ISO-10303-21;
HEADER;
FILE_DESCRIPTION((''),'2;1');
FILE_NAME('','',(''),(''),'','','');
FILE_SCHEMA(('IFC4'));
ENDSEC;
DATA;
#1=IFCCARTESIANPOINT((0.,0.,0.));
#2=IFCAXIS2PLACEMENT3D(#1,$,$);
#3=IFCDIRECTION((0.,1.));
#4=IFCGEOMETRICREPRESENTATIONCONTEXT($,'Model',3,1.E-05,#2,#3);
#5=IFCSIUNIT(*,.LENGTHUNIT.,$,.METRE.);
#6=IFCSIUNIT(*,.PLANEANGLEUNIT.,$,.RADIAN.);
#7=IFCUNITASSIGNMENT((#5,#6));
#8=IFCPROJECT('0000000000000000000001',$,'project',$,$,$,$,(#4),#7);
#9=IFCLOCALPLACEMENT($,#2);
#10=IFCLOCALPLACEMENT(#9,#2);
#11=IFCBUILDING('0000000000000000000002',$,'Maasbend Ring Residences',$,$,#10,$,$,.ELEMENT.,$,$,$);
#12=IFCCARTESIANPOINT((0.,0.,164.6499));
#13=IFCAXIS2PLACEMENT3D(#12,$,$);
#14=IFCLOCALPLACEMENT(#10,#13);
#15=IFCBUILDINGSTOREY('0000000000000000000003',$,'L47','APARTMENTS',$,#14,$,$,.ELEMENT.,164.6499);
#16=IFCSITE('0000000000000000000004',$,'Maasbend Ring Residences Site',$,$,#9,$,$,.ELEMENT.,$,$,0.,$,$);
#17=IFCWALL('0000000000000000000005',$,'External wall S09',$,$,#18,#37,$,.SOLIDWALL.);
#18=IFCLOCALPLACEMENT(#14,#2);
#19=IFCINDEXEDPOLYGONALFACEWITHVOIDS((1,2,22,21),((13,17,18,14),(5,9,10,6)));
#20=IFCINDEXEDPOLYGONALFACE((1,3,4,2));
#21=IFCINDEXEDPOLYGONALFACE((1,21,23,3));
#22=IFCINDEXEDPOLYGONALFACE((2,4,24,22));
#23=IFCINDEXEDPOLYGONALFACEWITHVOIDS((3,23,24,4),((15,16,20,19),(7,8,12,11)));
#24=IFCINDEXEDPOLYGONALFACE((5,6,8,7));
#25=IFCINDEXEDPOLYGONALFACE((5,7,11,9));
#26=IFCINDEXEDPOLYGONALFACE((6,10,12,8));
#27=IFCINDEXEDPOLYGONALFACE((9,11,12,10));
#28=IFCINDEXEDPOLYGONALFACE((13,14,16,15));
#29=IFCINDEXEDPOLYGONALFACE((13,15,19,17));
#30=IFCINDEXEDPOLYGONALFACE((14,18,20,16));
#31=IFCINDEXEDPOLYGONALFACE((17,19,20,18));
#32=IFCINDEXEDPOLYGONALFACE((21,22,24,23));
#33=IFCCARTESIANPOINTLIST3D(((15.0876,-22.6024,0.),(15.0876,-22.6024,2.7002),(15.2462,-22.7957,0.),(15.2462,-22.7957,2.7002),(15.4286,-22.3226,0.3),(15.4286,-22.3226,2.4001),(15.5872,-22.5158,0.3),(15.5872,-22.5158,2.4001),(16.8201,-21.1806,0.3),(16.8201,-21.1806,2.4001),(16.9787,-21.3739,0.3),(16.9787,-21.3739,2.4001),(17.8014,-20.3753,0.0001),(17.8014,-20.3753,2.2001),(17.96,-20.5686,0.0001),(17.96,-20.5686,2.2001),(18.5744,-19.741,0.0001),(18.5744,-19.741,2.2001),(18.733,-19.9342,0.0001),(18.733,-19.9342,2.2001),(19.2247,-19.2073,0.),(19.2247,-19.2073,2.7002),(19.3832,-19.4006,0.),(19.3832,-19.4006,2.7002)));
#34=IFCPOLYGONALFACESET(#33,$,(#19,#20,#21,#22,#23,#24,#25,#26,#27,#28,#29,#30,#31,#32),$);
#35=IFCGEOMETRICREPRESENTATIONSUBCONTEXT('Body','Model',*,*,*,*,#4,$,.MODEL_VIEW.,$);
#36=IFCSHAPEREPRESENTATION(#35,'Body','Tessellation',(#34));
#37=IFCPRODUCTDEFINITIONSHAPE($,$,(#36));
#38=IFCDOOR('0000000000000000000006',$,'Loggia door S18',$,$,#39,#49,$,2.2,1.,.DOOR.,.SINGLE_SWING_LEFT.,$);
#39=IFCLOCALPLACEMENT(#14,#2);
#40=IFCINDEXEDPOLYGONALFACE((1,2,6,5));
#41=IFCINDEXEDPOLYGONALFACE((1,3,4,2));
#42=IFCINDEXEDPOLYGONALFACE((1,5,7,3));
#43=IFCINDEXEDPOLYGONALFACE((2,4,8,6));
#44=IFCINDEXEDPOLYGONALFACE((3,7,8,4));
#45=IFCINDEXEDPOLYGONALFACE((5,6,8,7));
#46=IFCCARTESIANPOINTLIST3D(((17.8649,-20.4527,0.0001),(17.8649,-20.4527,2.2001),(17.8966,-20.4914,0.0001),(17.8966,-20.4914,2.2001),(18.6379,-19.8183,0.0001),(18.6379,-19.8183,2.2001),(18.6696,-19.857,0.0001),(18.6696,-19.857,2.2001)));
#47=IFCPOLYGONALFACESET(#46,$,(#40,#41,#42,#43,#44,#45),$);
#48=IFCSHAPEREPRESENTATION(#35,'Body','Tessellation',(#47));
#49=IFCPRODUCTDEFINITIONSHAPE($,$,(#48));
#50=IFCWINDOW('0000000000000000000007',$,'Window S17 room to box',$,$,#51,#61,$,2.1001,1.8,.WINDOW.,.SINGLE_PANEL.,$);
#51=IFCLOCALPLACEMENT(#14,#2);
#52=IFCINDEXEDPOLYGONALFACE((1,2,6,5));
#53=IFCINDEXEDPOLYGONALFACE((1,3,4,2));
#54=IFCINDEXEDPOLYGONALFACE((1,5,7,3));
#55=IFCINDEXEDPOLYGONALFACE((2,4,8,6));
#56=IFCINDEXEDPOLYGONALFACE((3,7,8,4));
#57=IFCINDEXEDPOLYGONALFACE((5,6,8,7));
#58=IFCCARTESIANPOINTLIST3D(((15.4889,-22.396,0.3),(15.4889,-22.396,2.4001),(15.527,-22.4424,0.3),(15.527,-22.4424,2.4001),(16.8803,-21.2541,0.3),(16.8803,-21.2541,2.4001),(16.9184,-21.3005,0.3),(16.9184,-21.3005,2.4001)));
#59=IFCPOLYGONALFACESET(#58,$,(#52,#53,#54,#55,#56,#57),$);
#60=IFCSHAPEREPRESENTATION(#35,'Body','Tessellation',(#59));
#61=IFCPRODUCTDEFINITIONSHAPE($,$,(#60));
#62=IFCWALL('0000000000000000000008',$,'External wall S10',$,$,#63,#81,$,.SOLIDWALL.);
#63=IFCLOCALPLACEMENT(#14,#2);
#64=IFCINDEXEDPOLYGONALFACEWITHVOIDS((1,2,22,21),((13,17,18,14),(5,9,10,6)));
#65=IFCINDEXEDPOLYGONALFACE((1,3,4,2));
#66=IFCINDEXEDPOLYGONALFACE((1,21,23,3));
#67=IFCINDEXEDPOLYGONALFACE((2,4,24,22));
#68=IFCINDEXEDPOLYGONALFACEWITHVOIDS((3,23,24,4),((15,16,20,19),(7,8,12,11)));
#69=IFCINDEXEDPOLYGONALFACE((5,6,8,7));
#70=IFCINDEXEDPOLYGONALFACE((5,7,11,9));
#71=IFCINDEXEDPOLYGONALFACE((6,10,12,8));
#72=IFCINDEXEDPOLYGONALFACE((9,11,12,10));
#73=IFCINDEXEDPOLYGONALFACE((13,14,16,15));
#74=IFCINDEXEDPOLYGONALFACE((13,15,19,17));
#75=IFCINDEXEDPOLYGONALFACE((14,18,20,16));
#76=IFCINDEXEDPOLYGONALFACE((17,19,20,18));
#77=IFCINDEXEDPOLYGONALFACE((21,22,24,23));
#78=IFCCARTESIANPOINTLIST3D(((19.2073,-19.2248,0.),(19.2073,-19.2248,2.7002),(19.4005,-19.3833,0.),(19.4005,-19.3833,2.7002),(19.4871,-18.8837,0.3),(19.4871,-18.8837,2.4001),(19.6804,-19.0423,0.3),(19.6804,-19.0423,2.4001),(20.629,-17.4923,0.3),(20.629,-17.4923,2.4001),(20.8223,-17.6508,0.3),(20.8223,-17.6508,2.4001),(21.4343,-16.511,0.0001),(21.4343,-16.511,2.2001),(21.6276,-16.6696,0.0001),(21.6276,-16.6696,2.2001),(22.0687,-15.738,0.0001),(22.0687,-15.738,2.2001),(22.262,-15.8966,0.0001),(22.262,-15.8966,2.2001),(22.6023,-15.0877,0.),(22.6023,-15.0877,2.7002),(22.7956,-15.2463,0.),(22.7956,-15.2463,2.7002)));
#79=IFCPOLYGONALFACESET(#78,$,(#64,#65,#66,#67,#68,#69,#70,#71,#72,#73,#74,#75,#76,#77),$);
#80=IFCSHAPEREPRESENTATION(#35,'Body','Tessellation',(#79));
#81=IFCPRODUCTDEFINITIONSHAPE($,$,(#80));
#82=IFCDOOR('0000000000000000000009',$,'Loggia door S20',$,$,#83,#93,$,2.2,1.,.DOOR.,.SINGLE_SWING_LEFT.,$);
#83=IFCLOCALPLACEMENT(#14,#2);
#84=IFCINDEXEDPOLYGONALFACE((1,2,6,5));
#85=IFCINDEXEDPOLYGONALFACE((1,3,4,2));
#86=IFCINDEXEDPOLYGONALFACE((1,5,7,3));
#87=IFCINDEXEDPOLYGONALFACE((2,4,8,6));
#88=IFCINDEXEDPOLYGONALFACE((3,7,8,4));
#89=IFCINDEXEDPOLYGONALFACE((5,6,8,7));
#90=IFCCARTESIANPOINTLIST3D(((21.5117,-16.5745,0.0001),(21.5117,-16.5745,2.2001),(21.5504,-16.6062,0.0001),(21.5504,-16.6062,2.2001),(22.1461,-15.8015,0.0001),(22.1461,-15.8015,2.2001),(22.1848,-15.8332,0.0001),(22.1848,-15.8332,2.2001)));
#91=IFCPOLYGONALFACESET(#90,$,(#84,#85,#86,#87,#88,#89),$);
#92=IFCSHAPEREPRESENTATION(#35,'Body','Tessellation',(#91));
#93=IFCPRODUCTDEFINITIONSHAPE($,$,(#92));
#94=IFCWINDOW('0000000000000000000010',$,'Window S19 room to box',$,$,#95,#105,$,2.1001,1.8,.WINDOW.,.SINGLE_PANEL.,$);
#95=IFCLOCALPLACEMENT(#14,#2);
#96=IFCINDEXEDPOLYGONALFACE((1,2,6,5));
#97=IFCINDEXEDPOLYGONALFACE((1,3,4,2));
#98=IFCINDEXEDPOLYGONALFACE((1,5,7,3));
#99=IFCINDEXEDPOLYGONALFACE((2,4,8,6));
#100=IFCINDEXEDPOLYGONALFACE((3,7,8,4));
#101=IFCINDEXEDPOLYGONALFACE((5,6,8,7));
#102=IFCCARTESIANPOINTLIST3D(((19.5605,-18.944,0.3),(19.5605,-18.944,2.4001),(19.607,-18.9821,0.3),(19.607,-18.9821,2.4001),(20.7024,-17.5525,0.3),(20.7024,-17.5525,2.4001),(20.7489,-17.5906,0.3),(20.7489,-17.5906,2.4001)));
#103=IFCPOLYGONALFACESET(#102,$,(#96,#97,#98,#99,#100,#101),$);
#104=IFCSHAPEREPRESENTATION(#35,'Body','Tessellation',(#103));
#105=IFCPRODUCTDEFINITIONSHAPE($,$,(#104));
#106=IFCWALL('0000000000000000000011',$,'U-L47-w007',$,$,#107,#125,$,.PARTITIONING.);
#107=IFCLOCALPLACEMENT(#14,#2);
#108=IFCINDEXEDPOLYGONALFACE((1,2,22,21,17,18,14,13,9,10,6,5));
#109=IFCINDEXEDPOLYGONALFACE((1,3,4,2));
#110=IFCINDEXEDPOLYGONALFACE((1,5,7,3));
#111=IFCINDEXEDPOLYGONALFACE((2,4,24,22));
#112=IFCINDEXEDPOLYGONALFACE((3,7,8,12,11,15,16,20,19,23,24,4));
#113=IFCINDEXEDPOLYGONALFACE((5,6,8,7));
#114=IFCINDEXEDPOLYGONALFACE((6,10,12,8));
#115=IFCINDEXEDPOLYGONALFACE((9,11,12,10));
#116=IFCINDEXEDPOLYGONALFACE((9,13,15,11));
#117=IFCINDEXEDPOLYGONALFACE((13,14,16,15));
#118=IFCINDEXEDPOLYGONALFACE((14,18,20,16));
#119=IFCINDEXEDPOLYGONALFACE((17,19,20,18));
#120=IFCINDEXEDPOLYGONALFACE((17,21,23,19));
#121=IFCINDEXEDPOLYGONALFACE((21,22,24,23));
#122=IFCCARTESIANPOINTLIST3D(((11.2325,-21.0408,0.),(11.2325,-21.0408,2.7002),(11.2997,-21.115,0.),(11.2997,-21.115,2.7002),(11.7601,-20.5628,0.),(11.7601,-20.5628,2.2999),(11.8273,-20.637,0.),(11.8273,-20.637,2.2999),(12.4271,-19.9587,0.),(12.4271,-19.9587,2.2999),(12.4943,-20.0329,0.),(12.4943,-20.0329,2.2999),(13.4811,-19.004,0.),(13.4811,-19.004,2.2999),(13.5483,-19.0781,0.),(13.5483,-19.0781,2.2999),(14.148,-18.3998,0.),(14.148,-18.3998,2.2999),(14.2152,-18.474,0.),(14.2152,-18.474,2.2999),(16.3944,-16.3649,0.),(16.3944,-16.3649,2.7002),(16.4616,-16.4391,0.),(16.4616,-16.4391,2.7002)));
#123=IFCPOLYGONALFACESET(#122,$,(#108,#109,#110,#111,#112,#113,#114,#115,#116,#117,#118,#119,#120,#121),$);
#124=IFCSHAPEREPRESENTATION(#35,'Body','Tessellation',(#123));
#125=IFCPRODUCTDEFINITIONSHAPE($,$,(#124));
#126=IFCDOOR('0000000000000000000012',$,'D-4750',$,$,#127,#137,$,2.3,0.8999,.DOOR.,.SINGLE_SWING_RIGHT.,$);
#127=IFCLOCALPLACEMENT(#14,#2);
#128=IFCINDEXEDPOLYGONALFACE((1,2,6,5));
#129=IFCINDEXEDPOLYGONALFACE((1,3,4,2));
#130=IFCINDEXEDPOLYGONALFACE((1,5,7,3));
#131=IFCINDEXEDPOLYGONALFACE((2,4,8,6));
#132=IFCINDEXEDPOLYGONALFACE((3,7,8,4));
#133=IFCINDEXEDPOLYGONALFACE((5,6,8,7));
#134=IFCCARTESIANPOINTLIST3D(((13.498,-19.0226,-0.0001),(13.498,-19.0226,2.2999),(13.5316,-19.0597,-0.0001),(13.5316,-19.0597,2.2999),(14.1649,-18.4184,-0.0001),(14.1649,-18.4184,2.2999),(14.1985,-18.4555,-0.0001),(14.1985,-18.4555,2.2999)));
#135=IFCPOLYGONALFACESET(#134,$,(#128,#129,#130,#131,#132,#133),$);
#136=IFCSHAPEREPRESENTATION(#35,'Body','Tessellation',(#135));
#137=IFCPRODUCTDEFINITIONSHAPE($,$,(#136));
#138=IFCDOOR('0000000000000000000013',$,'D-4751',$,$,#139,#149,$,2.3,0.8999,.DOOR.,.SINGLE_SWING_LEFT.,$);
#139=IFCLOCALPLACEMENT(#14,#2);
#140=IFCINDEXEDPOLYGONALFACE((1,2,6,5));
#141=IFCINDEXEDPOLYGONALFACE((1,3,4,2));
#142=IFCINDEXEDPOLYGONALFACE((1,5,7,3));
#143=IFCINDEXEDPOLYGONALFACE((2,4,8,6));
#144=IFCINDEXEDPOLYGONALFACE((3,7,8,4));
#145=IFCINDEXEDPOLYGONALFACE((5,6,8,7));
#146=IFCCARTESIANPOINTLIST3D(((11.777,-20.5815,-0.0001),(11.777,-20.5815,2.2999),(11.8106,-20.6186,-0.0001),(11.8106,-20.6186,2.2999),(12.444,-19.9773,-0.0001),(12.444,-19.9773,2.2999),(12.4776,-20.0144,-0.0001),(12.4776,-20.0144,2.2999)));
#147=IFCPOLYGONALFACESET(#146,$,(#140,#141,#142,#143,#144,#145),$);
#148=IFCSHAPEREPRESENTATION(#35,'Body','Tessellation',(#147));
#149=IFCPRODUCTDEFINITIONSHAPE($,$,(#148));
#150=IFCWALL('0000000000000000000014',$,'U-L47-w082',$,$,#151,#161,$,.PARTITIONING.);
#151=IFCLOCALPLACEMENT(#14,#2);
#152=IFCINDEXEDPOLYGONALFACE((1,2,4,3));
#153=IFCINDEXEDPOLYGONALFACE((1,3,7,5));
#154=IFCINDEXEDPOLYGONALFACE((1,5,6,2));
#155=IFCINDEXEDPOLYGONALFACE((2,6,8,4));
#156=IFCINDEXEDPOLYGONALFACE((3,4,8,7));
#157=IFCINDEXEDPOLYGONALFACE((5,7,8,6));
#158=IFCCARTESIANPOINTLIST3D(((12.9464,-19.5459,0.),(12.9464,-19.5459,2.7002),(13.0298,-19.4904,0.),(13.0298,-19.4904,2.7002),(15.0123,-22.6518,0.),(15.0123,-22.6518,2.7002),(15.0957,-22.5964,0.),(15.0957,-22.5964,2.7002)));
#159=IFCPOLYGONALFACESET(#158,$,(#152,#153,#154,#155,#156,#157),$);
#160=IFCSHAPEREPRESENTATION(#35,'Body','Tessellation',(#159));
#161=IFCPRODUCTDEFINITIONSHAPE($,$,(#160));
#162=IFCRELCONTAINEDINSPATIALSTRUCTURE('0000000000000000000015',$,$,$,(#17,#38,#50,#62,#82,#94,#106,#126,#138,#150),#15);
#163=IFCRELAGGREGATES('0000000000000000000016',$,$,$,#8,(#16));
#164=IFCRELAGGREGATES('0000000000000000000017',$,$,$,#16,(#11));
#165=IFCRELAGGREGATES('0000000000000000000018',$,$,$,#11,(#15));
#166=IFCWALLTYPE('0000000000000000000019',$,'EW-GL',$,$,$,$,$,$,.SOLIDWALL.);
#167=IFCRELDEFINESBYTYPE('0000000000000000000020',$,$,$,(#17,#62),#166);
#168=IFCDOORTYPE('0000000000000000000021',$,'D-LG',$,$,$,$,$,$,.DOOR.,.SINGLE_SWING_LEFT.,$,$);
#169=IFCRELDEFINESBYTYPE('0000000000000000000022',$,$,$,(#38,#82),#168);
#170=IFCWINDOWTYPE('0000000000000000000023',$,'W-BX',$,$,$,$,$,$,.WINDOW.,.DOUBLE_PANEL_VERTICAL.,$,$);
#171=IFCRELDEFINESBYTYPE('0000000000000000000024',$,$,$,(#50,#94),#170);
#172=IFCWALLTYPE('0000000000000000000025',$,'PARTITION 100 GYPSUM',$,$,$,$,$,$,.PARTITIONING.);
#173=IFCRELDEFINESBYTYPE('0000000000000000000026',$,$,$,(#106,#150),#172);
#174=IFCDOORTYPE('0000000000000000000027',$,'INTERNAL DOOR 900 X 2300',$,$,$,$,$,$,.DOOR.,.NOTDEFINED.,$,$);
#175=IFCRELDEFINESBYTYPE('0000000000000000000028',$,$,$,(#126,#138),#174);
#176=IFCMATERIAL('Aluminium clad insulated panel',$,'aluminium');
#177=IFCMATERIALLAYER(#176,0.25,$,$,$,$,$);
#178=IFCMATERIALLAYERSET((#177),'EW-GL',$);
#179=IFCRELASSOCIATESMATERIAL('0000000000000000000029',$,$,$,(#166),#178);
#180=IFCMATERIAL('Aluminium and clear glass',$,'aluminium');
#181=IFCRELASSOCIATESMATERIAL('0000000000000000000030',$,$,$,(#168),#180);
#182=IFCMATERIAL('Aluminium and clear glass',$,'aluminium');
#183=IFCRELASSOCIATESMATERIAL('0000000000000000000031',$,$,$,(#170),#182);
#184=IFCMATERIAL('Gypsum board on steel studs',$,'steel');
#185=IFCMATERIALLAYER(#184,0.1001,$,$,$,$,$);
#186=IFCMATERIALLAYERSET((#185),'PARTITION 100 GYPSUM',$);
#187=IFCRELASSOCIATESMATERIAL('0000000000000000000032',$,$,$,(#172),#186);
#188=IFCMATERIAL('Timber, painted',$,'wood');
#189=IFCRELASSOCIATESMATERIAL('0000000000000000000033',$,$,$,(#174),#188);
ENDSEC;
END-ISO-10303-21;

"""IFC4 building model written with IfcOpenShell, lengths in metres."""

from ifc_helpers import new_model, si_unit, direction, frame, frame_2d, origin, place, context, subcontext, project, spatial, rectangle, extrude, material, layer, layer_set, type_object, element, fill, save


model = new_model("IFC4")

# Units and contexts
model_context = context("Model", 3, precision=1e-05, world=origin(), true_north=direction((0.0, 1.0)))
body_context = subcontext(model_context, "Body", "Model", "MODEL_VIEW")
ifc_project = project(units=[si_unit("LENGTHUNIT", "METRE"), si_unit("PLANEANGLEUNIT", "RADIAN")], contexts=[model_context])

# Site, building, storey
site_placement = place(None, origin())
site = spatial("IfcSite", under=ifc_project, at=site_placement, Name="Maasbend Ring Residences Site", CompositionType="ELEMENT", RefElevation=0.0)
building_placement = place(site_placement, origin())
building = spatial("IfcBuilding", under=site, at=building_placement, Name="Maasbend Ring Residences", CompositionType="ELEMENT")
storey_placement = place(building_placement, frame((0.0, 0.0, 164.6499)))
storey = spatial("IfcBuildingStorey", under=building, at=storey_placement, Name="L47", Description="APARTMENTS", CompositionType="ELEMENT", Elevation=164.6499)

# Walls, openings, doors, windows
ifc_material_1 = material(Name="Aluminium clad insulated panel", Category="aluminium")
ifc_layer_1 = layer(ifc_material_1, 0.25)
ifc_layer_set_1 = layer_set([ifc_layer_1], Name="EW-GL")
wall_type_1 = type_object("IfcWallType", Name="EW-GL", PredefinedType="SOLIDWALL", material=ifc_layer_set_1)
wall_1_placement = place(storey_placement, frame((15.167, -22.699, 0.0), z_axis=(0.0, 0.0, 1.0), x_axis=(0.773019, 0.634382, 0.0)))
wall_1 = element("IfcWall", 1, at=wall_1_placement, inside=storey, type_object=wall_type_1, Name="External wall S09", PredefinedType="SOLIDWALL", context=body_context, shape_type="SweptSolid", body=[
    extrude(rectangle(XDim=5.3518, YDim=0.25, at=frame_2d((2.6758, 0.0))), origin(), (0.0, 0.0, 1.0), 2.7002),
])
opening_1_placement = place(wall_1_placement, frame((0.4412, 0.0, 0.3)))
opening_1 = element("IfcOpeningElement", 2, at=opening_1_placement, cuts=wall_1, PredefinedType="OPENING", context=body_context, shape_type="SweptSolid", body=[
    extrude(rectangle(XDim=1.8, YDim=2.1001, at=frame_2d((0.8999, 1.05))), frame((0.0, 0.135, 0.0), z_axis=(0.0, -1.0, 0.0), x_axis=(1.0, 0.0, 0.0)), (0.0, 0.0, 1.0), 0.27),
])
opening_2_placement = place(wall_1_placement, frame((3.5105, 0.0, 0.0)))
opening_2 = element("IfcOpeningElement", 3, at=opening_2_placement, cuts=wall_1, PredefinedType="OPENING", context=body_context, shape_type="SweptSolid", body=[
    extrude(rectangle(XDim=1.0, YDim=2.2, at=frame_2d((0.5, 1.1001))), frame((0.0, 0.135, 0.0), z_axis=(0.0, -1.0, 0.0), x_axis=(1.0, 0.0, 0.0)), (0.0, 0.0, 1.0), 0.27),
])
ifc_material_2 = material(Name="Aluminium and clear glass", Category="aluminium")
door_type_1 = type_object("IfcDoorType", Name="D-LG", OperationType="SINGLE_SWING_LEFT", PredefinedType="DOOR", material=ifc_material_2)
door_1_placement = place(opening_2_placement, origin())
door_1 = element("IfcDoor", 4, at=door_1_placement, inside=storey, type_object=door_type_1, Name="Loggia door S18", OperationType="SINGLE_SWING_LEFT", OverallHeight=2.2, OverallWidth=1.0, PredefinedType="DOOR", context=body_context, shape_type="SweptSolid", body=[
    extrude(rectangle(XDim=1.0, YDim=2.2, at=frame_2d((0.5, 1.1001))), frame((0.0, 0.0249, 0.0), z_axis=(0.0, -1.0, 0.0), x_axis=(1.0, 0.0, 0.0)), (0.0, 0.0, 1.0), 0.05),
])
fill(opening_2, door_1)
ifc_material_3 = material(Name="Aluminium and clear glass", Category="aluminium")
window_type_1 = type_object("IfcWindowType", Name="W-BX", PartitioningType="DOUBLE_PANEL_VERTICAL", PredefinedType="WINDOW", material=ifc_material_3)
window_1_placement = place(opening_1_placement, origin())
window_1 = element("IfcWindow", 5, at=window_1_placement, inside=storey, type_object=window_type_1, Name="Window S17 room to box", OverallHeight=2.1001, OverallWidth=1.8, PartitioningType="SINGLE_PANEL", PredefinedType="WINDOW", context=body_context, shape_type="SweptSolid", body=[
    extrude(rectangle(XDim=1.8, YDim=2.1001, at=frame_2d((0.8999, 1.05))), frame((0.0, 0.03, 0.0), z_axis=(0.0, -1.0, 0.0), x_axis=(1.0, 0.0, 0.0)), (0.0, 0.0, 1.0), 0.0601),
])
fill(opening_1, window_1)
wall_2_placement = place(storey_placement, frame((19.304, -19.304, 0.0), z_axis=(0.0, 0.0, 1.0), x_axis=(0.634382, 0.773019, 0.0)))
wall_2 = element("IfcWall", 6, at=wall_2_placement, inside=storey, type_object=wall_type_1, Name="External wall S10", PredefinedType="SOLIDWALL", context=body_context, shape_type="SweptSolid", body=[
    extrude(rectangle(XDim=5.3518, YDim=0.25, at=frame_2d((2.6758, 0.0))), origin(), (0.0, 0.0, 1.0), 2.7002),
])
opening_3_placement = place(wall_2_placement, frame((0.4412, 0.0, 0.3)))
opening_3 = element("IfcOpeningElement", 7, at=opening_3_placement, cuts=wall_2, PredefinedType="OPENING", context=body_context, shape_type="SweptSolid", body=[
    extrude(rectangle(XDim=1.8, YDim=2.1001, at=frame_2d((0.8999, 1.05))), frame((0.0, 0.135, 0.0), z_axis=(0.0, -1.0, 0.0), x_axis=(1.0, 0.0, 0.0)), (0.0, 0.0, 1.0), 0.27),
])
opening_4_placement = place(wall_2_placement, frame((3.5105, 0.0, 0.0)))
opening_4 = element("IfcOpeningElement", 8, at=opening_4_placement, cuts=wall_2, PredefinedType="OPENING", context=body_context, shape_type="SweptSolid", body=[
    extrude(rectangle(XDim=1.0, YDim=2.2, at=frame_2d((0.5, 1.1001))), frame((0.0, 0.135, 0.0), z_axis=(0.0, -1.0, 0.0), x_axis=(1.0, 0.0, 0.0)), (0.0, 0.0, 1.0), 0.27),
])
door_2_placement = place(opening_4_placement, origin())
door_2 = element("IfcDoor", 9, at=door_2_placement, inside=storey, type_object=door_type_1, Name="Loggia door S20", OperationType="SINGLE_SWING_LEFT", OverallHeight=2.2, OverallWidth=1.0, PredefinedType="DOOR", context=body_context, shape_type="SweptSolid", body=[
    extrude(rectangle(XDim=1.0, YDim=2.2, at=frame_2d((0.5, 1.1001))), frame((0.0, 0.0249, 0.0), z_axis=(0.0, -1.0, 0.0), x_axis=(1.0, 0.0, 0.0)), (0.0, 0.0, 1.0), 0.05),
])
fill(opening_4, door_2)
window_2_placement = place(opening_3_placement, origin())
window_2 = element("IfcWindow", 10, at=window_2_placement, inside=storey, type_object=window_type_1, Name="Window S19 room to box", OverallHeight=2.1001, OverallWidth=1.8, PartitioningType="SINGLE_PANEL", PredefinedType="WINDOW", context=body_context, shape_type="SweptSolid", body=[
    extrude(rectangle(XDim=1.8, YDim=2.1001, at=frame_2d((0.8999, 1.05))), frame((0.0, 0.03, 0.0), z_axis=(0.0, -1.0, 0.0), x_axis=(1.0, 0.0, 0.0)), (0.0, 0.0, 1.0), 0.0601),
])
fill(opening_3, window_2)

# Wall, openings, doors
ifc_material_4 = material(Name="Gypsum board on steel studs", Category="steel")
ifc_layer_2 = layer(ifc_material_4, 0.1001)
ifc_layer_set_2 = layer_set([ifc_layer_2], Name="PARTITION 100 GYPSUM")
wall_type_2 = type_object("IfcWallType", Name="PARTITION 100 GYPSUM", PredefinedType="PARTITIONING", material=ifc_layer_set_2)
wall_3_placement = place(storey_placement, frame((11.2661, -21.0779, 0.0), z_axis=(0.0, 0.0, 1.0), x_axis=(0.741141, 0.671349, 0.0)))
wall_3 = element("IfcWall", 11, at=wall_3_placement, inside=storey, type_object=wall_type_2, Name="U-L47-w007", PredefinedType="PARTITIONING", context=body_context, shape_type="SweptSolid", body=[
    extrude(rectangle(XDim=6.9648, YDim=0.1001, at=frame_2d((3.4824, 0.0))), origin(), (0.0, 0.0, 1.0), 2.7002),
])
opening_5_placement = place(wall_3_placement, frame((3.0339, 0.0, 0.0)))
opening_5 = element("IfcOpeningElement", 12, at=opening_5_placement, cuts=wall_3, PredefinedType="OPENING", context=body_context, shape_type="SweptSolid", body=[
    extrude(rectangle(XDim=0.8999, YDim=2.3, at=frame_2d((0.45, 1.1499))), frame((0.0, 0.0601, 0.0), z_axis=(0.0, -1.0, 0.0), x_axis=(1.0, 0.0, 0.0)), (0.0, 0.0, 1.0), 0.1201),
])
opening_6_placement = place(wall_3_placement, frame((0.7119, 0.0, 0.0)))
opening_6 = element("IfcOpeningElement", 13, at=opening_6_placement, cuts=wall_3, PredefinedType="OPENING", context=body_context, shape_type="SweptSolid", body=[
    extrude(rectangle(XDim=0.8999, YDim=2.3, at=frame_2d((0.45, 1.1499))), frame((0.0, 0.0601, 0.0), z_axis=(0.0, -1.0, 0.0), x_axis=(1.0, 0.0, 0.0)), (0.0, 0.0, 1.0), 0.1201),
])
ifc_material_5 = material(Name="Timber, painted", Category="wood")
door_type_2 = type_object("IfcDoorType", Name="INTERNAL DOOR 900 X 2300", OperationType="NOTDEFINED", PredefinedType="DOOR", material=ifc_material_5)
door_3_placement = place(opening_5_placement, origin())
door_3 = element("IfcDoor", 14, at=door_3_placement, inside=storey, type_object=door_type_2, Name="D-4750", OperationType="SINGLE_SWING_RIGHT", OverallHeight=2.3, OverallWidth=0.8999, PredefinedType="DOOR", context=body_context, shape_type="SweptSolid", body=[
    extrude(rectangle(XDim=0.8999, YDim=2.3, at=frame_2d((0.45, 1.1499))), frame((0.0, 0.0249, 0.0), z_axis=(0.0, -1.0, 0.0), x_axis=(1.0, 0.0, 0.0)), (0.0, 0.0, 1.0), 0.05),
])
fill(opening_5, door_3)
door_4_placement = place(opening_6_placement, origin())
door_4 = element("IfcDoor", 15, at=door_4_placement, inside=storey, type_object=door_type_2, Name="D-4751", OperationType="SINGLE_SWING_LEFT", OverallHeight=2.3, OverallWidth=0.8999, PredefinedType="DOOR", context=body_context, shape_type="SweptSolid", body=[
    extrude(rectangle(XDim=0.8999, YDim=2.3, at=frame_2d((0.45, 1.1499))), frame((0.0, 0.0249, 0.0), z_axis=(0.0, -1.0, 0.0), x_axis=(1.0, 0.0, 0.0)), (0.0, 0.0, 1.0), 0.05),
])
fill(opening_6, door_4)

# Wall
wall_4_placement = place(storey_placement, frame((12.988, -19.5181, 0.0), z_axis=(0.0, 0.0, 1.0), x_axis=(0.553824, -0.832634, 0.0)))
element("IfcWall", 16, at=wall_4_placement, inside=storey, type_object=wall_type_2, Name="U-L47-w082", PredefinedType="PARTITIONING", context=body_context, shape_type="SweptSolid", body=[
    extrude(rectangle(XDim=3.7302, YDim=0.1001, at=frame_2d((1.8652, 0.0))), origin(), (0.0, 0.0, 1.0), 2.7002),
])

save(model, "model.ifc")
